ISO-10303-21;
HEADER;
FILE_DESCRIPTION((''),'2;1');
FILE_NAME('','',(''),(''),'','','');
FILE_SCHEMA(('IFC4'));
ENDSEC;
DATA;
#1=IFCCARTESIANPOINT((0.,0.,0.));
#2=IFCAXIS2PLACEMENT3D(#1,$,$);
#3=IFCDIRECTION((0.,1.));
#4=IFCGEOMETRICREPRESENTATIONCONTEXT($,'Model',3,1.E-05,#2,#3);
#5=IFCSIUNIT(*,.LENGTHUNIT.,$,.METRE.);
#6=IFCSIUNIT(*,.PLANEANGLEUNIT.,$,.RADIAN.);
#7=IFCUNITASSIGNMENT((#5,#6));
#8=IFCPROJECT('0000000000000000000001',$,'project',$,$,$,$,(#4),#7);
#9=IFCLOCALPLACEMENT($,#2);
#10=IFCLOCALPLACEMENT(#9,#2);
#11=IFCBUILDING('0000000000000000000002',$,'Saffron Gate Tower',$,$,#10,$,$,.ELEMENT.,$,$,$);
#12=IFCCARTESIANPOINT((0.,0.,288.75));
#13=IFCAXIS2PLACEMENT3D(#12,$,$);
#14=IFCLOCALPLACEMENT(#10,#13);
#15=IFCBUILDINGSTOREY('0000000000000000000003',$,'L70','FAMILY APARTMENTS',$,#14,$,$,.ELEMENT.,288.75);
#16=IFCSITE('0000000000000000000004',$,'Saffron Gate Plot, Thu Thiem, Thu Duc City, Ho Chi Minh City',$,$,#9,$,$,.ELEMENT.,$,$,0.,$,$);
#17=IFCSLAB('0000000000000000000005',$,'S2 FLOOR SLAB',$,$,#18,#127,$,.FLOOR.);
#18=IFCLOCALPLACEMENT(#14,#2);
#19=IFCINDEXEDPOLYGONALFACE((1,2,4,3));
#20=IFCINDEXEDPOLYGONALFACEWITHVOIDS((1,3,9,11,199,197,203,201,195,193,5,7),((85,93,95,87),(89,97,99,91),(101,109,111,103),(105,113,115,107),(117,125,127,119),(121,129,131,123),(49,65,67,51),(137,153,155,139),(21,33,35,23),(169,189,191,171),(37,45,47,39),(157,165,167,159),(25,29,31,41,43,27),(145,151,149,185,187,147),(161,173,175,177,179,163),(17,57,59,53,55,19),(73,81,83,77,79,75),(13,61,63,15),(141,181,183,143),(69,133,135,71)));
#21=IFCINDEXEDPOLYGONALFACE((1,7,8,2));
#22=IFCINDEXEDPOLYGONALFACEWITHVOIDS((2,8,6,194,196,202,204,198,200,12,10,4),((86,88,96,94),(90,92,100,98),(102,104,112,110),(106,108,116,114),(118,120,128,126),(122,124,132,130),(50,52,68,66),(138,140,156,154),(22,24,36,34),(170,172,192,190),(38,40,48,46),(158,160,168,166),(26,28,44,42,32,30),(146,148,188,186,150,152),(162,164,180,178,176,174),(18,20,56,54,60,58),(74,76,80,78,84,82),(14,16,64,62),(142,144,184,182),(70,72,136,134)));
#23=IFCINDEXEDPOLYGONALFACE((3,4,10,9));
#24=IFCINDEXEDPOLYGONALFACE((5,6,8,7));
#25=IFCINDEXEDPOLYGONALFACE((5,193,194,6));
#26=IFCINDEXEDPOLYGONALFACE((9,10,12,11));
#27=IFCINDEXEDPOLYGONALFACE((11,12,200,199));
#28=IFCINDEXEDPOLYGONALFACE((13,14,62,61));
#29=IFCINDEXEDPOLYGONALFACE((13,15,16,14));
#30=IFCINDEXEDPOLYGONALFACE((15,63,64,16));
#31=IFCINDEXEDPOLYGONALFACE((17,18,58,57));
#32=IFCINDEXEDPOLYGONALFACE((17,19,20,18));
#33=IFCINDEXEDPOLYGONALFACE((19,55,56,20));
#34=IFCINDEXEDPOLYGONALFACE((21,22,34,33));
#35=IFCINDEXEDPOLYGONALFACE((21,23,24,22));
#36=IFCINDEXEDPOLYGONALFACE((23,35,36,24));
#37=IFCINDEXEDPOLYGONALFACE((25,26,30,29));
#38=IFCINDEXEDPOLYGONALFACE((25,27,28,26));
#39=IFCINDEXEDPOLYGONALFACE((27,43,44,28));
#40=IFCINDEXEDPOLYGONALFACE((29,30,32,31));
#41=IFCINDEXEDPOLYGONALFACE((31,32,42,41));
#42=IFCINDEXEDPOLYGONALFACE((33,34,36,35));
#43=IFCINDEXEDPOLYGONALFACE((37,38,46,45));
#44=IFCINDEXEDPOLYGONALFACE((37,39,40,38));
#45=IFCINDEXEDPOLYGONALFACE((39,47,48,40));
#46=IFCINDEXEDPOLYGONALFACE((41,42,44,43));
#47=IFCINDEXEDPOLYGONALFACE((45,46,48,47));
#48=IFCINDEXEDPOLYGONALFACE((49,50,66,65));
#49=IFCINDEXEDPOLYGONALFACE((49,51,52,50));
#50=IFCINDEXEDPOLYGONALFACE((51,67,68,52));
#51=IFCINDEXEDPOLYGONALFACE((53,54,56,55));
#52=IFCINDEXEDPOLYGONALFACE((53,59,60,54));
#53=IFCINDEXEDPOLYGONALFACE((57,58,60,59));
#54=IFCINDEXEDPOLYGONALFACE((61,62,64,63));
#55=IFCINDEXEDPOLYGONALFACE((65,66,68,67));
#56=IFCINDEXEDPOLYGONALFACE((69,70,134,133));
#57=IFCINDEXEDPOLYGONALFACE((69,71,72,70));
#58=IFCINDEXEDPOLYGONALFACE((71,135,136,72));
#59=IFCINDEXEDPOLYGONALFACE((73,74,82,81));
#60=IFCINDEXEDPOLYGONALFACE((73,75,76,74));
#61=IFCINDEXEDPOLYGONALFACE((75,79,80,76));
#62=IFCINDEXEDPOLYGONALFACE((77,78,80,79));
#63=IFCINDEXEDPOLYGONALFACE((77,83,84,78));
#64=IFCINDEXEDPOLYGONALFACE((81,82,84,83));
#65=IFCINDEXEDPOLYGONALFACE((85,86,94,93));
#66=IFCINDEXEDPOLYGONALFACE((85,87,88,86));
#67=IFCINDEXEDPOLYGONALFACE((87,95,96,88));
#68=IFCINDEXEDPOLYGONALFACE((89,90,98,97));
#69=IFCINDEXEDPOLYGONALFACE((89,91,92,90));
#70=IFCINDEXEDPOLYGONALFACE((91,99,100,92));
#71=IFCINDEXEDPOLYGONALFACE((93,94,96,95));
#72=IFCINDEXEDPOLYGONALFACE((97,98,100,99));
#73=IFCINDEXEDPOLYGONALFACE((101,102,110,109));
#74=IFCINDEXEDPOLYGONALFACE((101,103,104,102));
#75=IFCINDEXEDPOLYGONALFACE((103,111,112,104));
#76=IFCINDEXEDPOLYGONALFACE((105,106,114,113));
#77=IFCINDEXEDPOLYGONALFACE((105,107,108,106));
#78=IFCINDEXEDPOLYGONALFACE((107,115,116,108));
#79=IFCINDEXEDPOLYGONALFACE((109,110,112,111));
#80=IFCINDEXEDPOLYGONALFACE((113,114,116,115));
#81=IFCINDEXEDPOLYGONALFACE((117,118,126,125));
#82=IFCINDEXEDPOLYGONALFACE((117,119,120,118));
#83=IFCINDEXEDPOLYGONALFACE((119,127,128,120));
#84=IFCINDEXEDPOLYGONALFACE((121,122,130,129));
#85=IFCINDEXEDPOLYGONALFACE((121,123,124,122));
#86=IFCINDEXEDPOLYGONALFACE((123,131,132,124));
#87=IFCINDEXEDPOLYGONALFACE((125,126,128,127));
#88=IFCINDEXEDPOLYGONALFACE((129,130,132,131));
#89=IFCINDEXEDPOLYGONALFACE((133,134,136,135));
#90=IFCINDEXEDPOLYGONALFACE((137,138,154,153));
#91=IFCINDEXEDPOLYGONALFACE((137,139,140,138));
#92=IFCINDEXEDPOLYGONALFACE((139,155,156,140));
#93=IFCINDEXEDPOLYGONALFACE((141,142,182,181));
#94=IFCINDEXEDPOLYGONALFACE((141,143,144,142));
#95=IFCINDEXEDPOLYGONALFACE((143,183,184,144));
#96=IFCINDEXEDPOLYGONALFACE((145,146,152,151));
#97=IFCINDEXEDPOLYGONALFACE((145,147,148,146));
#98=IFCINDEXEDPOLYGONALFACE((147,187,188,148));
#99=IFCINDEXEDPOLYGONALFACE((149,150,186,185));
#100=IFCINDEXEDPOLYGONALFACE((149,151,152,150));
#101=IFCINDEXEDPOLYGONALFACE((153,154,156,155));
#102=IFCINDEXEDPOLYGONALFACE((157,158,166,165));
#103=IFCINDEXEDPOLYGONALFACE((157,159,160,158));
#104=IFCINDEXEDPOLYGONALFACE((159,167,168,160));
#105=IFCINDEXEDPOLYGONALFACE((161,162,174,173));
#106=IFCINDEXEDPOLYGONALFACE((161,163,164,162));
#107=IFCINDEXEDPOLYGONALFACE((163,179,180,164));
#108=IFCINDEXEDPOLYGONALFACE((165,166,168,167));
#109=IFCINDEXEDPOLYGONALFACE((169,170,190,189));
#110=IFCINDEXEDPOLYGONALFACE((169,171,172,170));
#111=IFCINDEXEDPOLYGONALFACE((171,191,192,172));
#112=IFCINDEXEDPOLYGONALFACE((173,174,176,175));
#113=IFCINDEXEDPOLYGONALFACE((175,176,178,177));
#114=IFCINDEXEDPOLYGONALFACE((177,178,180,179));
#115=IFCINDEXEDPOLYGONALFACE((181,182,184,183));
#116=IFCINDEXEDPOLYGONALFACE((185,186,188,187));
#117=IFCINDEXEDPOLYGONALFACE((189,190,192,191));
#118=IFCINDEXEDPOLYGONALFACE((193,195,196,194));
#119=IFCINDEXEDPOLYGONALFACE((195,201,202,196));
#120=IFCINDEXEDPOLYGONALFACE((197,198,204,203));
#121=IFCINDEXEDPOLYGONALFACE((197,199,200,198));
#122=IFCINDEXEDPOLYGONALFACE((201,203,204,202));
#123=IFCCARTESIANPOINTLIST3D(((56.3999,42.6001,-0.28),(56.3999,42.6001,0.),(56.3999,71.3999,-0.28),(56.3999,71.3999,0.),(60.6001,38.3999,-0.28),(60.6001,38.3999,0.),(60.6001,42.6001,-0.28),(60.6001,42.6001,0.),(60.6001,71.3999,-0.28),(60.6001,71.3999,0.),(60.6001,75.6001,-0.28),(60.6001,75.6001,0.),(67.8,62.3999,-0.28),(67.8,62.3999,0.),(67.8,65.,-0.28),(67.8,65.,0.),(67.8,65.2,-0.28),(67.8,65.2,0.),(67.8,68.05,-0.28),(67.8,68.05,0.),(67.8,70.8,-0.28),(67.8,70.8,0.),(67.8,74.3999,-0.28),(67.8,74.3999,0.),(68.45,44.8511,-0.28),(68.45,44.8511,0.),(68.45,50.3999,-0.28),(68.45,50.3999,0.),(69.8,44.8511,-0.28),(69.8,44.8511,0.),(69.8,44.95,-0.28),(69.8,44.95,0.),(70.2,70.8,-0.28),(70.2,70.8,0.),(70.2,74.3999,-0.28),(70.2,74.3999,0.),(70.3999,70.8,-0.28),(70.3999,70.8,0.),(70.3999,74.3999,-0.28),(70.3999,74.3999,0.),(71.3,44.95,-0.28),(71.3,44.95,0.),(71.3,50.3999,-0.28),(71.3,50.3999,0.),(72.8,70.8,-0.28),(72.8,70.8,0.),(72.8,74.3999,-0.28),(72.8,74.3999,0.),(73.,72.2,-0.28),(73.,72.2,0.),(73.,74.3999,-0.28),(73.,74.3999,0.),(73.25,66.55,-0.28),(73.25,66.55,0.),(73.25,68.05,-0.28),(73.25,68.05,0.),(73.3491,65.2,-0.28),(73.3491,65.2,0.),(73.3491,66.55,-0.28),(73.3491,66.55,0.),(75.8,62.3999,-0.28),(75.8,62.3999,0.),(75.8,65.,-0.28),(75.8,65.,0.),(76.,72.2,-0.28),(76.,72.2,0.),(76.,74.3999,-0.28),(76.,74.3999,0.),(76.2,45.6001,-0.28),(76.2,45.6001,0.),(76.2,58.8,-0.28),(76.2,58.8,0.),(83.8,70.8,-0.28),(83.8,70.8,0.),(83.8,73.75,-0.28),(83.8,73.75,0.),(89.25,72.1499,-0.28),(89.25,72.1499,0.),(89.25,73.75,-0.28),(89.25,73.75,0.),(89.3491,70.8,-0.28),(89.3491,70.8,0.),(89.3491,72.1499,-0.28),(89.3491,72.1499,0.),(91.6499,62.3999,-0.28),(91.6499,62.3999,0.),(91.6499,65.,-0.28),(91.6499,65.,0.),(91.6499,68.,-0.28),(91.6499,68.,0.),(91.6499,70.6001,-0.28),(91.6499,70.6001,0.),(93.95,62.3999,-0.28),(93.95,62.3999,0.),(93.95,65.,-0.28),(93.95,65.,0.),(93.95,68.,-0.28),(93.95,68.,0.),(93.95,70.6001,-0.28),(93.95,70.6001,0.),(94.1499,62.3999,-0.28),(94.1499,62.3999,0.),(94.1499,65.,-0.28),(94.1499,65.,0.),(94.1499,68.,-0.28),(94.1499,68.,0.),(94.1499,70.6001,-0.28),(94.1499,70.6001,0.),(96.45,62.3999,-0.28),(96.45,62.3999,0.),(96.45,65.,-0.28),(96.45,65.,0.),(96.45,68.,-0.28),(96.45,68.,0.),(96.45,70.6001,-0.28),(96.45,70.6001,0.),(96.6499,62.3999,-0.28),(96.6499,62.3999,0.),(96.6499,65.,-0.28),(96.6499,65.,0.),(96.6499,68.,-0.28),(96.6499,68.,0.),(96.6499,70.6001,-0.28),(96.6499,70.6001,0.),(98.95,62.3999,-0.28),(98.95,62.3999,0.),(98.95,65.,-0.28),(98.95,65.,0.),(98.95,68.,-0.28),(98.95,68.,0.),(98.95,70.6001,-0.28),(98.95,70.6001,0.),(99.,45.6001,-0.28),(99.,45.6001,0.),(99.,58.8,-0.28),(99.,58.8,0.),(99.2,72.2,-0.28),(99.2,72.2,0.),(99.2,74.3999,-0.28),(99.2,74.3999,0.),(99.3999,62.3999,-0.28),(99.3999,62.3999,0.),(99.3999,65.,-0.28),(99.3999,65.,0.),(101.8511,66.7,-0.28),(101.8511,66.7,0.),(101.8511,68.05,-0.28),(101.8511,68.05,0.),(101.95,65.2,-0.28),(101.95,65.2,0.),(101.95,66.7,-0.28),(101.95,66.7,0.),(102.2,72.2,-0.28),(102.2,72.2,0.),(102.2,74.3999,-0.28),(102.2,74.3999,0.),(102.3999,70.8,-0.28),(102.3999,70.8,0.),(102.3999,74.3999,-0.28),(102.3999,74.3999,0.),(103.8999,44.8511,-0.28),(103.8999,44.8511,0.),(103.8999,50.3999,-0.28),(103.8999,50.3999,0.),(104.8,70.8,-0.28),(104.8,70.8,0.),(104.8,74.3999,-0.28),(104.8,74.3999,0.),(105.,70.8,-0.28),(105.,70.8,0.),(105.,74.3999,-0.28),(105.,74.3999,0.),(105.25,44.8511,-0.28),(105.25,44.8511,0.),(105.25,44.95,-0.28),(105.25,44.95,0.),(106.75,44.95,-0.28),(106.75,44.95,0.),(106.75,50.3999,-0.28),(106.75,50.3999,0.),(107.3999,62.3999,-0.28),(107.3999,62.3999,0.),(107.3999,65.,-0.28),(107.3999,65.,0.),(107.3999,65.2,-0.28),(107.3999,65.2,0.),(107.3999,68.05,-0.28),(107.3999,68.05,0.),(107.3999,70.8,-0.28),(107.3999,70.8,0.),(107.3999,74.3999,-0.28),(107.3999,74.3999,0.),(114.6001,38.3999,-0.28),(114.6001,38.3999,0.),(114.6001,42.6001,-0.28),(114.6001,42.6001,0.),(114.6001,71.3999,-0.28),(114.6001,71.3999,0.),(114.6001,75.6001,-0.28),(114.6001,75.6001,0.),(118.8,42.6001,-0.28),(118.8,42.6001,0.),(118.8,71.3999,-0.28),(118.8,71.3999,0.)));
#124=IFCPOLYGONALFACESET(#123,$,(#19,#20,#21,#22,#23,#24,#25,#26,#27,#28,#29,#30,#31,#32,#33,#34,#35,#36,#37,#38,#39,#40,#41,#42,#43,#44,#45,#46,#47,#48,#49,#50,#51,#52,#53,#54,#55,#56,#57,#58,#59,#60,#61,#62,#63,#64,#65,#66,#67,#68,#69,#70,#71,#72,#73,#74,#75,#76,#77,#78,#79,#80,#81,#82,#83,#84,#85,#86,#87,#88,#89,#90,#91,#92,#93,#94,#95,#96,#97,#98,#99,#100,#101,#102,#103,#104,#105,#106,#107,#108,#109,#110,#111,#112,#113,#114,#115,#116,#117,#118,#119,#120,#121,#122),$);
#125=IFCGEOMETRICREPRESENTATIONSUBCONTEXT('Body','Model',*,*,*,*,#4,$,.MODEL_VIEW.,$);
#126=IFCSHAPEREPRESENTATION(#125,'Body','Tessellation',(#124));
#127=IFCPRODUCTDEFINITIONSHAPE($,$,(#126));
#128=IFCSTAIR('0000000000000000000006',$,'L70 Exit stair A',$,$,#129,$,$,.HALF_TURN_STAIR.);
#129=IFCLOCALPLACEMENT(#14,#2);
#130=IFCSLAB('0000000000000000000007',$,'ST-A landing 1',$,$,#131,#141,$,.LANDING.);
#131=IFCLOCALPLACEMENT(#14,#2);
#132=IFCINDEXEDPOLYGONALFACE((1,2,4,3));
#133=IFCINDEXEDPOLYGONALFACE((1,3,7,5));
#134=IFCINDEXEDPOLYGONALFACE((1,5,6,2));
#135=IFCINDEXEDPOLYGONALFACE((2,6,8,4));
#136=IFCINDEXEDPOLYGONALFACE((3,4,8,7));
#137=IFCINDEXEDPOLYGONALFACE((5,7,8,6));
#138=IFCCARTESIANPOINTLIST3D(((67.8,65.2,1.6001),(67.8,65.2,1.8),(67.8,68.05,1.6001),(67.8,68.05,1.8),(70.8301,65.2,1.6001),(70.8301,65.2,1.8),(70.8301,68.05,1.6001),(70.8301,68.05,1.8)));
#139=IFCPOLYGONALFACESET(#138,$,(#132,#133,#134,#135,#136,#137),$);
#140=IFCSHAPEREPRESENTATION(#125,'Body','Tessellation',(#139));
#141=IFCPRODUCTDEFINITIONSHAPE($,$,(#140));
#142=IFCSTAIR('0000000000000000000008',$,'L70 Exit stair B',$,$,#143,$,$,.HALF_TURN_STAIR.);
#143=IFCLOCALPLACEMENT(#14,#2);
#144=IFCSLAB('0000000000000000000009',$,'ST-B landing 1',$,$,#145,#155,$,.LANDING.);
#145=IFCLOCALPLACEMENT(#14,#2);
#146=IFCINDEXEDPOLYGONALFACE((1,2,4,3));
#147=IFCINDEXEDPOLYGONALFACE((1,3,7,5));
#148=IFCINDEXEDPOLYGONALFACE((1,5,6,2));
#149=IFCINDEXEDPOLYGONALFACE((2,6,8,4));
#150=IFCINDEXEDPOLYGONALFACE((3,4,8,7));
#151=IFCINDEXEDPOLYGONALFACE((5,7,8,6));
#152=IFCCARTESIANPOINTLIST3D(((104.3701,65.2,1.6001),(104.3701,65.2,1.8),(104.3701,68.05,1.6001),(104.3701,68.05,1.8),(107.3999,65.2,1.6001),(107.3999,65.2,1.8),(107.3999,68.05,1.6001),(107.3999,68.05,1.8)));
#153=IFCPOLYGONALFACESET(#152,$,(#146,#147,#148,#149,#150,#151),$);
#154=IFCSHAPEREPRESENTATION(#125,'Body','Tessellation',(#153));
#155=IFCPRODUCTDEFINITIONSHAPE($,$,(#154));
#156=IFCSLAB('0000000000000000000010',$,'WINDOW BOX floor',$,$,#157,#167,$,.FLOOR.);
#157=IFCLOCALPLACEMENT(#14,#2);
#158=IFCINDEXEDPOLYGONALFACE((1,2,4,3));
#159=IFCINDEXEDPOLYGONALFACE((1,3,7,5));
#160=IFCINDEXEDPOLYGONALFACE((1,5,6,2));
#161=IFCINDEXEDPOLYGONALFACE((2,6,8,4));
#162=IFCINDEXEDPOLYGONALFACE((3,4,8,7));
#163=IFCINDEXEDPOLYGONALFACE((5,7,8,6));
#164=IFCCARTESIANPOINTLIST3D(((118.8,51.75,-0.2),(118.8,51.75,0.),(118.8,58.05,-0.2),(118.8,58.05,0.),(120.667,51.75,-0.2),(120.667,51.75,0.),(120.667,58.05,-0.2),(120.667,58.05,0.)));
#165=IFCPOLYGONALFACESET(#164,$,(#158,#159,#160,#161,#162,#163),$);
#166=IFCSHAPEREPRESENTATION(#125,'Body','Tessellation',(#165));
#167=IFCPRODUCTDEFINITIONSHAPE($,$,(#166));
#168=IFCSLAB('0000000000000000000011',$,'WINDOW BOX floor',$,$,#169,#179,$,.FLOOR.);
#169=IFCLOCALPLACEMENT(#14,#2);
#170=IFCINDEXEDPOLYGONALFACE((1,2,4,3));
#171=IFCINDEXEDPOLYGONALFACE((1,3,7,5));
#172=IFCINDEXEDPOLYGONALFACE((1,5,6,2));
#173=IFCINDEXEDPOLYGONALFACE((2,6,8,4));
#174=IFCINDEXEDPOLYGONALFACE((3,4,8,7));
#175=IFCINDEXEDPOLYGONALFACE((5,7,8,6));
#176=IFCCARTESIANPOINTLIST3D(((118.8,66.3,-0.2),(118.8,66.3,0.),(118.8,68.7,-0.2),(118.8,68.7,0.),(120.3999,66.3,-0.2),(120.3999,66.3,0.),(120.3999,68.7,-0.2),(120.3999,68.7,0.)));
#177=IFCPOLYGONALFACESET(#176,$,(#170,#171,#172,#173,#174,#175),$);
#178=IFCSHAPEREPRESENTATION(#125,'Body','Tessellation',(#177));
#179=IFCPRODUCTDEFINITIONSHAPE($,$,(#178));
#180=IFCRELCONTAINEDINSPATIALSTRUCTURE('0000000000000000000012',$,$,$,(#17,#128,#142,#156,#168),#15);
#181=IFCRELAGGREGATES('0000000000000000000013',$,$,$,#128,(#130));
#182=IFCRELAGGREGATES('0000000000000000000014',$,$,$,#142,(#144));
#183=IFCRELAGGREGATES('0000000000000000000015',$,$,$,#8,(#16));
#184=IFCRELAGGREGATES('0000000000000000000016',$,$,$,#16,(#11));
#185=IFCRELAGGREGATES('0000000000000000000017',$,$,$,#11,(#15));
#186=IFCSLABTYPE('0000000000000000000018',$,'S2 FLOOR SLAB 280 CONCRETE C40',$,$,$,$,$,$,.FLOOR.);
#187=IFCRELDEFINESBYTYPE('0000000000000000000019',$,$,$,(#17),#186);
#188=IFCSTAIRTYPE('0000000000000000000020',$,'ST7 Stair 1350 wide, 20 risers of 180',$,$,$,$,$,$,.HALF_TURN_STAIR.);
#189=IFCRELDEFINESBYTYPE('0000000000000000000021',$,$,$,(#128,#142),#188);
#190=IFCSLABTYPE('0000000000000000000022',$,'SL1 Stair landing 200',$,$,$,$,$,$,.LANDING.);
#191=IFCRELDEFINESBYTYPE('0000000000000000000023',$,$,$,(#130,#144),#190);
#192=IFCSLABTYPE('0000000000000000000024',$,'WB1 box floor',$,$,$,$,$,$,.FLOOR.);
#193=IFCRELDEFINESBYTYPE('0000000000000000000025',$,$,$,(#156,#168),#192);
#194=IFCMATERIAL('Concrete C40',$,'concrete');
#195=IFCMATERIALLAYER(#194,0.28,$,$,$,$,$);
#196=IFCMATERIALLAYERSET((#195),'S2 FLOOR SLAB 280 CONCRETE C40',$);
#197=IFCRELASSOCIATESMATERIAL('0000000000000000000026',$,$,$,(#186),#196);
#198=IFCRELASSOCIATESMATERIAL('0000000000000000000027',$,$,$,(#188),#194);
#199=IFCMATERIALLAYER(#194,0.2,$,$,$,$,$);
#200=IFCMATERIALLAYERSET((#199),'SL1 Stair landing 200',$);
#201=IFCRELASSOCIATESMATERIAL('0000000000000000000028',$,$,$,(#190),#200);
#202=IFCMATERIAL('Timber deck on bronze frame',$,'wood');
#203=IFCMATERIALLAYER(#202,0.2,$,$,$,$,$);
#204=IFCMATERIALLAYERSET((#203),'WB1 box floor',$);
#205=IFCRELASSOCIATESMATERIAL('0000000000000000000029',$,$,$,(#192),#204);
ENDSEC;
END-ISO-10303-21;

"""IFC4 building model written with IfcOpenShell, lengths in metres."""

from ifc_helpers import new_model, si_unit, direction, frame, origin, place, context, subcontext, project, spatial, polyline, outline, extrude, material, layer, layer_set, type_object, element, aggregate, save


model = new_model("IFC4")

# Units and contexts
model_context = context("Model", 3, precision=1e-05, world=origin(), true_north=direction((0.0, 1.0)))
body_context = subcontext(model_context, "Body", "Model", "MODEL_VIEW")
ifc_project = project(units=[si_unit("LENGTHUNIT", "METRE"), si_unit("PLANEANGLEUNIT", "RADIAN")], contexts=[model_context])

# Site, building, storey
site_placement = place(None, origin())
site = spatial("IfcSite", under=ifc_project, at=site_placement, Name="Saffron Gate Plot, Thu Thiem, Thu Duc City, Ho Chi Minh City", CompositionType="ELEMENT", RefElevation=0.0)
building_placement = place(site_placement, origin())
building = spatial("IfcBuilding", under=site, at=building_placement, Name="Saffron Gate Tower", CompositionType="ELEMENT")
storey_placement = place(building_placement, frame((0.0, 0.0, 288.75)))
storey = spatial("IfcBuildingStorey", under=building, at=storey_placement, Name="L70", Description="FAMILY APARTMENTS", CompositionType="ELEMENT", Elevation=288.75)

# Slab
ifc_material_1 = material(Name="Concrete C40", Category="concrete")
ifc_layer_1 = layer(ifc_material_1, 0.28)
ifc_layer_set_1 = layer_set([ifc_layer_1], Name="S2 FLOOR SLAB 280 CONCRETE C40")
slab_type_1 = type_object("IfcSlabType", Name="S2 FLOOR SLAB 280 CONCRETE C40", PredefinedType="FLOOR", material=ifc_layer_set_1)
slab_1_placement = place(storey_placement, frame((0.0, 0.0, -0.28)))
element("IfcSlab", 1, at=slab_1_placement, inside=storey, type_object=slab_type_1, Name="S2 FLOOR SLAB", PredefinedType="FLOOR", context=body_context, shape_type="SweptSolid", body=[
    extrude(outline(polyline([(56.3999, 42.6001), (60.6001, 42.6001), (60.6001, 38.3999), (114.6001, 38.3999), (114.6001, 42.6001), (118.8, 42.6001), (118.8, 71.3999), (114.6001, 71.3999), (114.6001, 75.6001), (60.6001, 75.6001), (60.6001, 71.3999), (56.3999, 71.3999), (56.3999, 42.6001)]), holes=[polyline([(67.8, 62.3999), (67.8, 65.0), (75.8, 65.0), (75.8, 62.3999), (67.8, 62.3999)]), polyline([(67.8, 65.2), (67.8, 68.05), (73.25, 68.05), (73.25, 66.55), (73.3491, 66.55), (73.3491, 65.2), (67.8, 65.2)]), polyline([(67.8, 70.8), (67.8, 74.3999), (70.2, 74.3999), (70.2, 70.8), (67.8, 70.8)]), polyline([(68.45, 44.8511), (68.45, 50.3999), (71.3, 50.3999), (71.3, 44.95), (69.8, 44.95), (69.8, 44.8511), (68.45, 44.8511)]), polyline([(70.3999, 70.8), (70.3999, 74.3999), (72.8, 74.3999), (72.8, 70.8), (70.3999, 70.8)]), polyline([(73.0, 72.2), (73.0, 74.3999), (76.0, 74.3999), (76.0, 72.2), (73.0, 72.2)]), polyline([(76.2, 45.6001), (76.2, 58.8), (99.0, 58.8), (99.0, 45.6001), (76.2, 45.6001)]), polyline([(83.8, 70.8), (83.8, 73.75), (89.25, 73.75), (89.25, 72.1499), (89.3491, 72.1499), (89.3491, 70.8), (83.8, 70.8)]), polyline([(91.6499, 62.3999), (91.6499, 65.0), (93.95, 65.0), (93.95, 62.3999), (91.6499, 62.3999)]), polyline([(91.6499, 68.0), (91.6499, 70.6001), (93.95, 70.6001), (93.95, 68.0), (91.6499, 68.0)]), polyline([(94.1499, 62.3999), (94.1499, 65.0), (96.45, 65.0), (96.45, 62.3999), (94.1499, 62.3999)]), polyline([(94.1499, 68.0), (94.1499, 70.6001), (96.45, 70.6001), (96.45, 68.0), (94.1499, 68.0)]), polyline([(96.6499, 62.3999), (96.6499, 65.0), (98.95, 65.0), (98.95, 62.3999), (96.6499, 62.3999)]), polyline([(96.6499, 68.0), (96.6499, 70.6001), (98.95, 70.6001), (98.95, 68.0), (96.6499, 68.0)]), polyline([(99.2, 72.2), (99.2, 74.3999), (102.2, 74.3999), (102.2, 72.2), (99.2, 72.2)]), polyline([(99.3999, 62.3999), (99.3999, 65.0), (107.3999, 65.0), (107.3999, 62.3999), (99.3999, 62.3999)]), polyline([(101.8511, 66.7), (101.8511, 68.05), (107.3999, 68.05), (107.3999, 65.2), (101.95, 65.2), (101.95, 66.7), (101.8511, 66.7)]), polyline([(102.3999, 70.8), (102.3999, 74.3999), (104.8, 74.3999), (104.8, 70.8), (102.3999, 70.8)]), polyline([(103.8999, 44.8511), (103.8999, 50.3999), (106.75, 50.3999), (106.75, 44.95), (105.25, 44.95), (105.25, 44.8511), (103.8999, 44.8511)]), polyline([(105.0, 70.8), (105.0, 74.3999), (107.3999, 74.3999), (107.3999, 70.8), (105.0, 70.8)])]), origin(), (0.0, 0.0, 1.0), 0.28),
])

# Stairs, slabs
stair_type = type_object("IfcStairType", Name="ST7 Stair 1350 wide, 20 risers of 180", PredefinedType="HALF_TURN_STAIR", material=ifc_material_1)
stair_1_placement = place(storey_placement, origin())
stair_1 = element("IfcStair", 2, at=stair_1_placement, inside=storey, type_object=stair_type, Name="L70 Exit stair A", PredefinedType="HALF_TURN_STAIR")
ifc_layer_2 = layer(ifc_material_1, 0.2)
ifc_layer_set_2 = layer_set([ifc_layer_2], Name="SL1 Stair landing 200")
slab_type_2 = type_object("IfcSlabType", Name="SL1 Stair landing 200", PredefinedType="LANDING", material=ifc_layer_set_2)
slab_2_placement = place(storey_placement, frame((0.0, 0.0, 1.6001)))
slab_2 = element("IfcSlab", 3, at=slab_2_placement, type_object=slab_type_2, Name="ST-A landing 1", PredefinedType="LANDING", context=body_context, shape_type="SweptSolid", body=[
    extrude(outline(polyline([(70.8301, 68.05), (67.8, 68.05), (67.8, 65.2), (70.8301, 65.2), (70.8301, 68.05)])), origin(), (0.0, 0.0, 1.0), 0.2),
])
aggregate(stair_1, [slab_2])
stair_2_placement = place(storey_placement, origin())
stair_2 = element("IfcStair", 4, at=stair_2_placement, inside=storey, type_object=stair_type, Name="L70 Exit stair B", PredefinedType="HALF_TURN_STAIR")
slab_3_placement = place(storey_placement, frame((0.0, 0.0, 1.6001)))
slab_3 = element("IfcSlab", 5, at=slab_3_placement, type_object=slab_type_2, Name="ST-B landing 1", PredefinedType="LANDING", context=body_context, shape_type="SweptSolid", body=[
    extrude(outline(polyline([(104.3701, 65.2), (107.3999, 65.2), (107.3999, 68.05), (104.3701, 68.05), (104.3701, 65.2)])), origin(), (0.0, 0.0, 1.0), 0.2),
])
aggregate(stair_2, [slab_3])

# Slabs
ifc_material_2 = material(Name="Timber deck on bronze frame", Category="wood")
ifc_layer_3 = layer(ifc_material_2, 0.2)
ifc_layer_set_3 = layer_set([ifc_layer_3], Name="WB1 box floor")
slab_type_3 = type_object("IfcSlabType", Name="WB1 box floor", PredefinedType="FLOOR", material=ifc_layer_set_3)
slab_4_placement = place(storey_placement, frame((0.0, 0.0, -0.2)))
element("IfcSlab", 6, at=slab_4_placement, inside=storey, type_object=slab_type_3, Name="WINDOW BOX floor", PredefinedType="FLOOR", context=body_context, shape_type="SweptSolid", body=[
    extrude(outline(polyline([(118.8, 51.75), (118.8, 58.05), (120.667, 58.05), (120.667, 51.75), (118.8, 51.75)])), origin(), (0.0, 0.0, 1.0), 0.2),
])
slab_5_placement = place(storey_placement, frame((0.0, 0.0, -0.2)))
element("IfcSlab", 7, at=slab_5_placement, inside=storey, type_object=slab_type_3, Name="WINDOW BOX floor", PredefinedType="FLOOR", context=body_context, shape_type="SweptSolid", body=[
    extrude(outline(polyline([(118.8, 66.3), (118.8, 68.7), (120.3999, 68.7), (120.3999, 66.3), (118.8, 66.3)])), origin(), (0.0, 0.0, 1.0), 0.2),
])

save(model, "model.ifc")
